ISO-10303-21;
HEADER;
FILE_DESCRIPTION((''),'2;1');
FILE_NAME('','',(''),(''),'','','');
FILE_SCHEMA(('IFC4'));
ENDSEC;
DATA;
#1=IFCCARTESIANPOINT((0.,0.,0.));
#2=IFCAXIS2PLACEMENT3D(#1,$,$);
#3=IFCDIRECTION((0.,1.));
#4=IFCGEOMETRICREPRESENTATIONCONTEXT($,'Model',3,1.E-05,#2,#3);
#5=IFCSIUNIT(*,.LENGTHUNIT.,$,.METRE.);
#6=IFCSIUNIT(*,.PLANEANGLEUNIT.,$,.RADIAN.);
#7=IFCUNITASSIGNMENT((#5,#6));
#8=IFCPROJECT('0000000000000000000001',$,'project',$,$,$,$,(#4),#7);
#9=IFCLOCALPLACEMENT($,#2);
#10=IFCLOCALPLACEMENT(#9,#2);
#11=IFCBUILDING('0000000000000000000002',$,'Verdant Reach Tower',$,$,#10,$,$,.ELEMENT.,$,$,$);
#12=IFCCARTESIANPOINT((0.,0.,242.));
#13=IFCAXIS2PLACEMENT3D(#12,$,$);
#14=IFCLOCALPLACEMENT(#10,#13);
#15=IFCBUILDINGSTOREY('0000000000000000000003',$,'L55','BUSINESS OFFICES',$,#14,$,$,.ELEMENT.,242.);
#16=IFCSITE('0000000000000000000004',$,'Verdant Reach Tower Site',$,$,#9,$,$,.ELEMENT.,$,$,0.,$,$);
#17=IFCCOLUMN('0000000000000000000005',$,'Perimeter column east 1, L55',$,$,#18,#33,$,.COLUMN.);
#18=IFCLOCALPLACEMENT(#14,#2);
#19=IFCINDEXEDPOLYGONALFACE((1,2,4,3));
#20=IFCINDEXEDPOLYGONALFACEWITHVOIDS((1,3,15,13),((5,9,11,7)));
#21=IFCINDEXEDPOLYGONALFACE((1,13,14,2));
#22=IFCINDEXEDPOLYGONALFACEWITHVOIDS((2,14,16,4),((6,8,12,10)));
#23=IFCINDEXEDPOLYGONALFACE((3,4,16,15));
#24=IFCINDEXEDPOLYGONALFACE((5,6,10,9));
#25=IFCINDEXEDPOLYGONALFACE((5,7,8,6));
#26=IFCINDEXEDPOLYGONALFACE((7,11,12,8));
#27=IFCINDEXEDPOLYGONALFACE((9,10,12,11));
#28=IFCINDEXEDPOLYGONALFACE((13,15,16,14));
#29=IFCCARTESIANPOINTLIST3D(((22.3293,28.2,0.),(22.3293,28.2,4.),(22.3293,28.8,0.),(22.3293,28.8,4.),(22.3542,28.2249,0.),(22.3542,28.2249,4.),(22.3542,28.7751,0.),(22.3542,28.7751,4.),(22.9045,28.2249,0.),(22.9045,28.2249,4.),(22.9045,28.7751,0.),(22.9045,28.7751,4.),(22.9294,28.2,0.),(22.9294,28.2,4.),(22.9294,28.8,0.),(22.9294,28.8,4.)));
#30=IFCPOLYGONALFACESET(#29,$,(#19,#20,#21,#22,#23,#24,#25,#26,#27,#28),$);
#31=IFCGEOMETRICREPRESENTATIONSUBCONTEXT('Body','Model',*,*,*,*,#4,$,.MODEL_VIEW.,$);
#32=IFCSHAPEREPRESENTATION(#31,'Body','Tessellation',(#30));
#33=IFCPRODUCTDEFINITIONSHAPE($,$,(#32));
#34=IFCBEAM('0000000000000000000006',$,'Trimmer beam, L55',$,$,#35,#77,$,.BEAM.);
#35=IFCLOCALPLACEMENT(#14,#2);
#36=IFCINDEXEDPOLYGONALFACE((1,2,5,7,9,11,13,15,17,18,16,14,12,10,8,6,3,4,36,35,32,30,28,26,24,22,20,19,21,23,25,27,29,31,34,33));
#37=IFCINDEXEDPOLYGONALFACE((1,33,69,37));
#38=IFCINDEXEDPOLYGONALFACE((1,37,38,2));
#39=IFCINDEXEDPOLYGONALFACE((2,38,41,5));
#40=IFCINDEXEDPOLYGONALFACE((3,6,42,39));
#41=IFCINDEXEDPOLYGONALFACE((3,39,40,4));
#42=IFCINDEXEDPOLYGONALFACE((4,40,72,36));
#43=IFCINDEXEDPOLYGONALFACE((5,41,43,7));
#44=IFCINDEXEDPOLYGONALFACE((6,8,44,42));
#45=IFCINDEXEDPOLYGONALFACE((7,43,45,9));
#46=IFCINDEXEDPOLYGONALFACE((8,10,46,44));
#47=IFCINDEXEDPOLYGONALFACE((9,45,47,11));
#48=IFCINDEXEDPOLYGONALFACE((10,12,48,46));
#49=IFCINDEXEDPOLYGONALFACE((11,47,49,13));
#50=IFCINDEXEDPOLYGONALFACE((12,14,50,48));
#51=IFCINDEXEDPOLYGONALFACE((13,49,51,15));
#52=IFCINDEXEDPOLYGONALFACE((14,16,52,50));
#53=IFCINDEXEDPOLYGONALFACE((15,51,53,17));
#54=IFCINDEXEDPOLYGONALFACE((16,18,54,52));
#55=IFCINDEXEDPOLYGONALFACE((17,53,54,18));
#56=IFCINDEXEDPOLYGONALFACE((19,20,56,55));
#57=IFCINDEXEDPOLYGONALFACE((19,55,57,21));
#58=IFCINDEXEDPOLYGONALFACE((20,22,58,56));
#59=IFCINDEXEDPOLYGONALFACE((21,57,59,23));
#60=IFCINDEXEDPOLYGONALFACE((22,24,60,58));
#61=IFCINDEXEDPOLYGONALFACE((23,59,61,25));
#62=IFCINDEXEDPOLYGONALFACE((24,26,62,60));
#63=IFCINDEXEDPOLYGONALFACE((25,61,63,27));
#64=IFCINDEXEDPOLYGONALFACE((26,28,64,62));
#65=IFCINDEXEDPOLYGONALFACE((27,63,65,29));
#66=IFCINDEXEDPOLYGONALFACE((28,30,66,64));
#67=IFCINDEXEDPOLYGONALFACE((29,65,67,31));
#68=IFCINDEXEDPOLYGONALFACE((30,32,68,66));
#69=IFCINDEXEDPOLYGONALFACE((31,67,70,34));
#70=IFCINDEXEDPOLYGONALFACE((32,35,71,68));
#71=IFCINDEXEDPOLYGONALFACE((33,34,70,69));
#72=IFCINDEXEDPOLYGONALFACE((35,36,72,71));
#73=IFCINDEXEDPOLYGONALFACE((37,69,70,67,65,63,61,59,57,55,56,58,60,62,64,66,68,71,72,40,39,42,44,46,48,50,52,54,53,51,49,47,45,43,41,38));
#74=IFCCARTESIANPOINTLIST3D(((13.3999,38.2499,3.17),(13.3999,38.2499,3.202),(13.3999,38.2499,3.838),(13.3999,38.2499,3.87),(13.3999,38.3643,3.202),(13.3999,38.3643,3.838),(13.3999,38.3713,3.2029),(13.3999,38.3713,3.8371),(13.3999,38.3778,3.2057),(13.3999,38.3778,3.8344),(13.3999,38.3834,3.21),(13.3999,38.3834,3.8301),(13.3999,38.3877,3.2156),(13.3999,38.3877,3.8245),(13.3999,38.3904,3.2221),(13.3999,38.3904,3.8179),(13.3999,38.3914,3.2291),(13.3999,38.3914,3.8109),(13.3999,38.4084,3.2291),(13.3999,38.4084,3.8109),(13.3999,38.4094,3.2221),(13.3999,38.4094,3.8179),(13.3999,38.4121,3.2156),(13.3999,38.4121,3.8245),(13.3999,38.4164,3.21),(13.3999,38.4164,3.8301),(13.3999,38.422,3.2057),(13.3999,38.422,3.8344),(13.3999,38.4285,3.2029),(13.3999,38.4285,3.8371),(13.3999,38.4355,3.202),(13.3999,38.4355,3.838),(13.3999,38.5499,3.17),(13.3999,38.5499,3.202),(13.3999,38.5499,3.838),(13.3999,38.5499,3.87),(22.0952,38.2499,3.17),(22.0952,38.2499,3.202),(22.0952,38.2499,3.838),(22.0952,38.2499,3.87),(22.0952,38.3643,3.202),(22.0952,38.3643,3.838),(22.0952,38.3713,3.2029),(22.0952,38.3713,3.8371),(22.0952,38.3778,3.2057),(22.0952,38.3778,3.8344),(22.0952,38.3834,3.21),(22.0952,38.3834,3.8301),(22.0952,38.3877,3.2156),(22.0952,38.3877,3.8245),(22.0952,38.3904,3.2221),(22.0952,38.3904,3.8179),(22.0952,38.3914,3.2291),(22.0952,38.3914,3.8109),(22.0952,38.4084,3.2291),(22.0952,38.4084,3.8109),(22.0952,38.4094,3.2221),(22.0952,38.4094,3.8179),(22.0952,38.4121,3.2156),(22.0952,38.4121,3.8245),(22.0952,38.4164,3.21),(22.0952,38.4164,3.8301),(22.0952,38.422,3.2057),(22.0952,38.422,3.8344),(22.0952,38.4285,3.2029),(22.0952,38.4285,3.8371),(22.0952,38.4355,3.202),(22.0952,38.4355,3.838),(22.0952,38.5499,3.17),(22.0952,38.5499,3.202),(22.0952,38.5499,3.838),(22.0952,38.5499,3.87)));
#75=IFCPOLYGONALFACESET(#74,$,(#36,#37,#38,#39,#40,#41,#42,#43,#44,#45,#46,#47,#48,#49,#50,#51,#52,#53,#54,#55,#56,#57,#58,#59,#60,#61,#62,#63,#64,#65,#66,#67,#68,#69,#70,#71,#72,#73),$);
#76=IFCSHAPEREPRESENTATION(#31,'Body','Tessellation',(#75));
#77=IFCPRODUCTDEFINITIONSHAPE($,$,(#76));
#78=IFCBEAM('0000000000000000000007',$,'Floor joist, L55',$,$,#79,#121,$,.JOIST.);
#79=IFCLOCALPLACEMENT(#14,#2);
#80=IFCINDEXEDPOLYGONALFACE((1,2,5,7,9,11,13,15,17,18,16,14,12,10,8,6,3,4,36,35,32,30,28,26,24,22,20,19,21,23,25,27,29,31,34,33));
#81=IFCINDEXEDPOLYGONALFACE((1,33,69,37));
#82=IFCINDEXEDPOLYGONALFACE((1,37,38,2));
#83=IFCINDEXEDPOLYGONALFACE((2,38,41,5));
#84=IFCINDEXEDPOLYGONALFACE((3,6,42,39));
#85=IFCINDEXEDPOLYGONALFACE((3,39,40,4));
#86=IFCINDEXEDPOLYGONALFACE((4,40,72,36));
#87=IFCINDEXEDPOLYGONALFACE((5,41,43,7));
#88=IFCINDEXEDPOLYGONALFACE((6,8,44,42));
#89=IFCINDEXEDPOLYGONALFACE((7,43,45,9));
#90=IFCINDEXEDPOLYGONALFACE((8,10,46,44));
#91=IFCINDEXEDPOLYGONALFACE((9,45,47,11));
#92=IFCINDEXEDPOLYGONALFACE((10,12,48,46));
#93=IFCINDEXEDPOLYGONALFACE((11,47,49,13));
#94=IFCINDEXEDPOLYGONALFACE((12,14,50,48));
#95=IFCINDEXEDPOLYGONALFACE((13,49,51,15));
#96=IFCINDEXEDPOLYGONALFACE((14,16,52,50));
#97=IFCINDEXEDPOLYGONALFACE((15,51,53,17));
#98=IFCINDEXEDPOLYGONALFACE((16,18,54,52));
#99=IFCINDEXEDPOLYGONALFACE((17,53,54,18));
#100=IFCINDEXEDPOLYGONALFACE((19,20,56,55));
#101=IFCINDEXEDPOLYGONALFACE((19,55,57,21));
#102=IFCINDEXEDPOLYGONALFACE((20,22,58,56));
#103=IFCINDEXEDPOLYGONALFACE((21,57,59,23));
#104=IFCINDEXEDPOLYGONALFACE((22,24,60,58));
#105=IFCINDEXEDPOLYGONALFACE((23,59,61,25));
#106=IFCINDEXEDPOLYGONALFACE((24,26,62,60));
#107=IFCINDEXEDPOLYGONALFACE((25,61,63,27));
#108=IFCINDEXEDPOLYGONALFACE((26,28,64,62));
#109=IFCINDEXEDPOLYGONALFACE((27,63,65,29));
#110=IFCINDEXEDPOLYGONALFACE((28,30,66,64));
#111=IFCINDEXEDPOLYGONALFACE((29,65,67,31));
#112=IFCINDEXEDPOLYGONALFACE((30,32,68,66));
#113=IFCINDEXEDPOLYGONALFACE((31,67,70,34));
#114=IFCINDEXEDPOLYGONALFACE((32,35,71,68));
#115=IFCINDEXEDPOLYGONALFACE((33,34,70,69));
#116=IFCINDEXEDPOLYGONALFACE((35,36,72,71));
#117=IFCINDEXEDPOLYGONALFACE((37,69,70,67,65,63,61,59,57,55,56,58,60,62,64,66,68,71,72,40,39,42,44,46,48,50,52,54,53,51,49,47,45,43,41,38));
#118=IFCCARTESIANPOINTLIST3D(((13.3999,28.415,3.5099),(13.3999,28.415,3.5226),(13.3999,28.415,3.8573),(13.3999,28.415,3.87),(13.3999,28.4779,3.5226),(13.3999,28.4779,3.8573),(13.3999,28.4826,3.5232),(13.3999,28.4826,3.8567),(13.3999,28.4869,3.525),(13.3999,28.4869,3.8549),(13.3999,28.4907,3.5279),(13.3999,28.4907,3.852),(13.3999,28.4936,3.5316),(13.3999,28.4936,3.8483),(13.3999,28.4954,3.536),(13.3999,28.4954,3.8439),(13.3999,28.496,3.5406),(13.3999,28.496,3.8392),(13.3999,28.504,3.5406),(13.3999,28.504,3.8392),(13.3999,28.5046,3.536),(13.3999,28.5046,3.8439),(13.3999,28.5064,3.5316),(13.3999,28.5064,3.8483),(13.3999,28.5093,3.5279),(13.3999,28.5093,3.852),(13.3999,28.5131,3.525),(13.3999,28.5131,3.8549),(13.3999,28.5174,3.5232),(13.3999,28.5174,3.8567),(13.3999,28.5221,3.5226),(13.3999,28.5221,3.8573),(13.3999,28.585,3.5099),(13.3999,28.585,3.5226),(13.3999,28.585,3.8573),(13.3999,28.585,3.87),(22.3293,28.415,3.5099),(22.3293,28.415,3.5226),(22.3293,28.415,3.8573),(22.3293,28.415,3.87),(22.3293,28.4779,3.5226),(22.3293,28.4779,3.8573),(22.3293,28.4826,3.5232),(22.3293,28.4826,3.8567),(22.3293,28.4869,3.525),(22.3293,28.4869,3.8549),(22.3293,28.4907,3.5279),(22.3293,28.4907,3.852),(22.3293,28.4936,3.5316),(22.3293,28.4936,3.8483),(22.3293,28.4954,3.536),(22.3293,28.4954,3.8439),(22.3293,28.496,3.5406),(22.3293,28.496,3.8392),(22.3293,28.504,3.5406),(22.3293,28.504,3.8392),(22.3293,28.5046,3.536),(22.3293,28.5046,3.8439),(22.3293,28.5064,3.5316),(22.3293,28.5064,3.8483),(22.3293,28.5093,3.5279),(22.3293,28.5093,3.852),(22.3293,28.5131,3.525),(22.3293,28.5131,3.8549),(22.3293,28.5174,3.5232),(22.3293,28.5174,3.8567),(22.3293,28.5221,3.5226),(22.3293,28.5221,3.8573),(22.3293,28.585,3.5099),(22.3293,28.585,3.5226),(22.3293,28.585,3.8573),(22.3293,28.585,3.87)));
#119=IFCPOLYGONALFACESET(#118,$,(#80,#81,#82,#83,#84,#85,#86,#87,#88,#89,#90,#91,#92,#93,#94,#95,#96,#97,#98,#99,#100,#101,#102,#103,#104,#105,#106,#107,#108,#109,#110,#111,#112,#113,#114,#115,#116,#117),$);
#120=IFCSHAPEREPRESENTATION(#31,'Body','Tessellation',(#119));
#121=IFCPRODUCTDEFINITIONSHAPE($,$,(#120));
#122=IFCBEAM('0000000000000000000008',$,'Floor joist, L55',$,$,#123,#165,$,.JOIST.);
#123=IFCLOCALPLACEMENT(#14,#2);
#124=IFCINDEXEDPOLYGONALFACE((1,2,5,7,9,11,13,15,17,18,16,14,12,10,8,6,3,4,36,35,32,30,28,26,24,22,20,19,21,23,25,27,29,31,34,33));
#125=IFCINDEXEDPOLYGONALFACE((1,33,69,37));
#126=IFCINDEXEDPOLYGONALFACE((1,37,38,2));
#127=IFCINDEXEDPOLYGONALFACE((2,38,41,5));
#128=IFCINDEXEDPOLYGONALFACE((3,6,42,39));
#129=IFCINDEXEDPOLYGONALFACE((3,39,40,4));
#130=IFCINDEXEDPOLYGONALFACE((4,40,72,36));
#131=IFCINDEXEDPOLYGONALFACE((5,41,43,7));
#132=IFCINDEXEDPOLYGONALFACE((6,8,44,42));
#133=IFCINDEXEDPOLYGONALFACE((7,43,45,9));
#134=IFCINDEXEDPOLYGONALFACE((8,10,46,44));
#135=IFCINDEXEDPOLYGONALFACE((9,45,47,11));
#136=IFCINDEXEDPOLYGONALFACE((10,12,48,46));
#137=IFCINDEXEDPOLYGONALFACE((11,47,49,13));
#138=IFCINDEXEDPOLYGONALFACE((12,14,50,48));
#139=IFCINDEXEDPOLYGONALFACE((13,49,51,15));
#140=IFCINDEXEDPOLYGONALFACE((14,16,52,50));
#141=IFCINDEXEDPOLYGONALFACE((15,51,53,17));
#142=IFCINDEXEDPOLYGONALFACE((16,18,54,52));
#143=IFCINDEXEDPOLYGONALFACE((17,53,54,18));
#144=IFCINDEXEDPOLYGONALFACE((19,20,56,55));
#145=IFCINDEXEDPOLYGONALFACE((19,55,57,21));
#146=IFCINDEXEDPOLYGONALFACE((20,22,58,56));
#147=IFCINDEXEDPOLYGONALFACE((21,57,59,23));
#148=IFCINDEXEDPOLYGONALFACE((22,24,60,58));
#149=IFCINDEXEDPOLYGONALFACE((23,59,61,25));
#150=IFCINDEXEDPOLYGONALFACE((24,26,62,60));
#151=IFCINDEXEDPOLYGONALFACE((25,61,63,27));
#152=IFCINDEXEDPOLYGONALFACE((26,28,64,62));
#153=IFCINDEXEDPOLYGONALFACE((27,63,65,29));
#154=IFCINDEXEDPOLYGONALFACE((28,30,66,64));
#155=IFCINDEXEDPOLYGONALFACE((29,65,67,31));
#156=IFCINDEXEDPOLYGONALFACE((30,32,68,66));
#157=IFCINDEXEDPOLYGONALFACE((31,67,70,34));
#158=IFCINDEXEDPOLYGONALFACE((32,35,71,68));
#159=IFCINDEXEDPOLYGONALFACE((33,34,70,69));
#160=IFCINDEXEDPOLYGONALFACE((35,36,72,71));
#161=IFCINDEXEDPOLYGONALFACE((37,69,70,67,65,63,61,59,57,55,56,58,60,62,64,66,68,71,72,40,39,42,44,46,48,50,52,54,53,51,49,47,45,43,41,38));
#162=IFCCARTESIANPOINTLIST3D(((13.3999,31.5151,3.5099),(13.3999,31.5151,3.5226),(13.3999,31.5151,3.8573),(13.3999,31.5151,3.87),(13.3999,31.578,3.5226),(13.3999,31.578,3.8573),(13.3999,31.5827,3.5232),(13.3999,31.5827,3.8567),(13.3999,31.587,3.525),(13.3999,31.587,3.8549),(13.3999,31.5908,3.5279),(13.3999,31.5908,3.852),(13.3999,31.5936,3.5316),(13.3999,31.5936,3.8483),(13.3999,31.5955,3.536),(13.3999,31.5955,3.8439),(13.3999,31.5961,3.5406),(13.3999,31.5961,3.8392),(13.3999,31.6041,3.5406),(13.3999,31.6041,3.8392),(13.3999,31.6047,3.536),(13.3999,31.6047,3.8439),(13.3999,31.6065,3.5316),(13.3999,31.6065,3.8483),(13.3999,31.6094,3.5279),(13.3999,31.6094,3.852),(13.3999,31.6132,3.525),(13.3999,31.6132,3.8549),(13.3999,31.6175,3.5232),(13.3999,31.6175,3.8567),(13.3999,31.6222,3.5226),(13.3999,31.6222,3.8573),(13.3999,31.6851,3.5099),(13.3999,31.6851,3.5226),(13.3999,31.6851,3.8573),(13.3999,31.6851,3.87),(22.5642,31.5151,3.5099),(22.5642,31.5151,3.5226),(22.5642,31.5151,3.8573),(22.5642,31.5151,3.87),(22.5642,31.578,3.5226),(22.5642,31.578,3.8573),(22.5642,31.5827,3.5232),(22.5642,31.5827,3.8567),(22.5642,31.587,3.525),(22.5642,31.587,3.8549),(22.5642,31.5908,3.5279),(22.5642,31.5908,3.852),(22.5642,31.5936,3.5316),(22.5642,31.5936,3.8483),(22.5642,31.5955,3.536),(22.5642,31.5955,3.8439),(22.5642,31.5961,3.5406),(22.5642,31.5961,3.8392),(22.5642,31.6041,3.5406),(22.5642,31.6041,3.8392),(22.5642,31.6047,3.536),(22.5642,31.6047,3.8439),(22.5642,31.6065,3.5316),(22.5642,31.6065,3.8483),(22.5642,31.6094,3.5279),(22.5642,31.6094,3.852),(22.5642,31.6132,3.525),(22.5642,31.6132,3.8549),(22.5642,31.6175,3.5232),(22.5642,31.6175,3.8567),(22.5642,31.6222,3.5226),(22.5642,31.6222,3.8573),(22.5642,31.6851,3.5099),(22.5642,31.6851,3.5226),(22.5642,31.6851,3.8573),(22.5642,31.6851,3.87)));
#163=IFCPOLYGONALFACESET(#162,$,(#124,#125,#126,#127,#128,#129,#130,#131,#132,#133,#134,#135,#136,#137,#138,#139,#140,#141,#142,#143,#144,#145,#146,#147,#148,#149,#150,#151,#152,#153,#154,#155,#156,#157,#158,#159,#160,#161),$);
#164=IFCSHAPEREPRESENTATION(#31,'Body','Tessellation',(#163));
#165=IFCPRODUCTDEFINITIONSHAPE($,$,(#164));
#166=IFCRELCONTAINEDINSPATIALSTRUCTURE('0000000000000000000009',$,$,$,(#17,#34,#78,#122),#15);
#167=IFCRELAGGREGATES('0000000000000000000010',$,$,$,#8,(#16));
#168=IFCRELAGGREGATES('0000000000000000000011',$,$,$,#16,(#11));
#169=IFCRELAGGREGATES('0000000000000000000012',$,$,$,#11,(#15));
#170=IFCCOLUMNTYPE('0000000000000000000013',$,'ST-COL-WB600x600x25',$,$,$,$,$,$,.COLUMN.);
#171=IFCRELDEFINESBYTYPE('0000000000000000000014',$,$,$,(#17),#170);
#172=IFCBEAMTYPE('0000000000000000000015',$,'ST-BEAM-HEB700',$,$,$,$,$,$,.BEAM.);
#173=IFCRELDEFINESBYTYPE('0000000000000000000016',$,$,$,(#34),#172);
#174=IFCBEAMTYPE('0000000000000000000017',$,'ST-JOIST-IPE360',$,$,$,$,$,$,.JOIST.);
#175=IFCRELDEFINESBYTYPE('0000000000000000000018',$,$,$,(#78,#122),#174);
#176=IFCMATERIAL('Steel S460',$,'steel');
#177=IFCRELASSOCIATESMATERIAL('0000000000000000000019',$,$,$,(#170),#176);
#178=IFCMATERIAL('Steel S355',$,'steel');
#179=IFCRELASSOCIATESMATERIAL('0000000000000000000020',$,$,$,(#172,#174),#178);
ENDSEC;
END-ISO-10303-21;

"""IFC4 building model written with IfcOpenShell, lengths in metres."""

from ifc_helpers import new_model, si_unit, direction, frame, origin, origin_2d, place, context, subcontext, project, spatial, hollow_rectangle, i_section, extrude, material, material_profile, profile_set, type_object, element, save


model = new_model("IFC4")

# Units and contexts
model_context = context("Model", 3, precision=1e-05, world=origin(), true_north=direction((0.0, 1.0)))
body_context = subcontext(model_context, "Body", "Model", "MODEL_VIEW")
ifc_project = project(units=[si_unit("LENGTHUNIT", "METRE"), si_unit("PLANEANGLEUNIT", "RADIAN")], contexts=[model_context])

# Site, building, storey
site_placement = place(None, origin())
site = spatial("IfcSite", under=ifc_project, at=site_placement, Name="Verdant Reach Tower Site", CompositionType="ELEMENT", RefElevation=0.0)
building_placement = place(site_placement, origin())
building = spatial("IfcBuilding", under=site, at=building_placement, Name="Verdant Reach Tower", CompositionType="ELEMENT")
storey_placement = place(building_placement, frame((0.0, 0.0, 242.0)))
storey = spatial("IfcBuildingStorey", under=building, at=storey_placement, Name="L55", Description="BUSINESS OFFICES", CompositionType="ELEMENT", Elevation=242.0)

# Column
ifc_material_1 = material(Name="Steel S460", Category="steel")
ifc_material_profile_1 = material_profile(ifc_material_1, hollow_rectangle(XDim=0.6001, YDim=0.6001, WallThickness=0.0249, at=origin_2d()), Name="WB 600x600x25")
ifc_profile_set_1 = profile_set([ifc_material_profile_1], Name="Steel S460")
column_type = type_object("IfcColumnType", Name="ST-COL-WB600x600x25", PredefinedType="COLUMN", material=ifc_profile_set_1)
column_placement = place(storey_placement, frame((22.6294, 28.5, 0.0), z_axis=(0.0, 0.0, 1.0), x_axis=(1.0, 0.0, 0.0)))
element("IfcColumn", 1, at=column_placement, inside=storey, type_object=column_type, Name="Perimeter column east 1, L55", PredefinedType="COLUMN", context=body_context, shape_type="SweptSolid", body=[
    extrude(hollow_rectangle(XDim=0.6001, YDim=0.6001, WallThickness=0.0249, at=origin_2d()), origin(), (0.0, 0.0, 1.0), 4.0),
])

# Beams
ifc_material_2 = material(Name="Steel S355", Category="steel")
ifc_material_profile_2 = material_profile(ifc_material_2, i_section(OverallWidth=0.3, OverallDepth=0.7, WebThickness=0.0171, FlangeThickness=0.032, FilletRadius=0.0271, at=origin_2d()), Name="HEB 700")
ifc_profile_set_2 = profile_set([ifc_material_profile_2], Name="Steel S355")
beam_type_1 = type_object("IfcBeamType", Name="ST-BEAM-HEB700", PredefinedType="BEAM", material=ifc_profile_set_2)
beam_1_placement = place(storey_placement, frame((13.3999, 38.3999, 3.52), z_axis=(1.0, 0.0, 0.0), x_axis=(0.0, 1.0, 0.0)))
element("IfcBeam", 2, at=beam_1_placement, inside=storey, type_object=beam_type_1, Name="Trimmer beam, L55", PredefinedType="BEAM", context=body_context, shape_type="SweptSolid", body=[
    extrude(i_section(OverallWidth=0.3, OverallDepth=0.7, WebThickness=0.0171, FlangeThickness=0.032, FilletRadius=0.0271, at=origin_2d()), origin(), (0.0, 0.0, 1.0), 8.6953),
])
ifc_material_profile_3 = material_profile(ifc_material_2, i_section(OverallWidth=0.1699, OverallDepth=0.3601, WebThickness=0.0081, FlangeThickness=0.0127, FilletRadius=0.0181, at=origin_2d()), Name="IPE 360")
ifc_profile_set_3 = profile_set([ifc_material_profile_3], Name="Steel S355")
beam_type_2 = type_object("IfcBeamType", Name="ST-JOIST-IPE360", PredefinedType="JOIST", material=ifc_profile_set_3)
beam_2_placement = place(storey_placement, frame((13.3999, 28.5, 3.6899), z_axis=(1.0, 0.0, 0.0), x_axis=(0.0, 1.0, 0.0)))
element("IfcBeam", 3, at=beam_2_placement, inside=storey, type_object=beam_type_2, Name="Floor joist, L55", PredefinedType="JOIST", context=body_context, shape_type="SweptSolid", body=[
    extrude(i_section(OverallWidth=0.1699, OverallDepth=0.3601, WebThickness=0.0081, FlangeThickness=0.0127, FilletRadius=0.0181, at=origin_2d()), origin(), (0.0, 0.0, 1.0), 8.9294),
])
beam_3_placement = place(storey_placement, frame((13.3999, 31.6001, 3.6899), z_axis=(1.0, 0.0, 0.0), x_axis=(0.0, 1.0, 0.0)))
element("IfcBeam", 4, at=beam_3_placement, inside=storey, type_object=beam_type_2, Name="Floor joist, L55", PredefinedType="JOIST", context=body_context, shape_type="SweptSolid", body=[
    extrude(i_section(OverallWidth=0.1699, OverallDepth=0.3601, WebThickness=0.0081, FlangeThickness=0.0127, FilletRadius=0.0181, at=origin_2d()), origin(), (0.0, 0.0, 1.0), 9.1643),
])

save(model, "model.ifc")
